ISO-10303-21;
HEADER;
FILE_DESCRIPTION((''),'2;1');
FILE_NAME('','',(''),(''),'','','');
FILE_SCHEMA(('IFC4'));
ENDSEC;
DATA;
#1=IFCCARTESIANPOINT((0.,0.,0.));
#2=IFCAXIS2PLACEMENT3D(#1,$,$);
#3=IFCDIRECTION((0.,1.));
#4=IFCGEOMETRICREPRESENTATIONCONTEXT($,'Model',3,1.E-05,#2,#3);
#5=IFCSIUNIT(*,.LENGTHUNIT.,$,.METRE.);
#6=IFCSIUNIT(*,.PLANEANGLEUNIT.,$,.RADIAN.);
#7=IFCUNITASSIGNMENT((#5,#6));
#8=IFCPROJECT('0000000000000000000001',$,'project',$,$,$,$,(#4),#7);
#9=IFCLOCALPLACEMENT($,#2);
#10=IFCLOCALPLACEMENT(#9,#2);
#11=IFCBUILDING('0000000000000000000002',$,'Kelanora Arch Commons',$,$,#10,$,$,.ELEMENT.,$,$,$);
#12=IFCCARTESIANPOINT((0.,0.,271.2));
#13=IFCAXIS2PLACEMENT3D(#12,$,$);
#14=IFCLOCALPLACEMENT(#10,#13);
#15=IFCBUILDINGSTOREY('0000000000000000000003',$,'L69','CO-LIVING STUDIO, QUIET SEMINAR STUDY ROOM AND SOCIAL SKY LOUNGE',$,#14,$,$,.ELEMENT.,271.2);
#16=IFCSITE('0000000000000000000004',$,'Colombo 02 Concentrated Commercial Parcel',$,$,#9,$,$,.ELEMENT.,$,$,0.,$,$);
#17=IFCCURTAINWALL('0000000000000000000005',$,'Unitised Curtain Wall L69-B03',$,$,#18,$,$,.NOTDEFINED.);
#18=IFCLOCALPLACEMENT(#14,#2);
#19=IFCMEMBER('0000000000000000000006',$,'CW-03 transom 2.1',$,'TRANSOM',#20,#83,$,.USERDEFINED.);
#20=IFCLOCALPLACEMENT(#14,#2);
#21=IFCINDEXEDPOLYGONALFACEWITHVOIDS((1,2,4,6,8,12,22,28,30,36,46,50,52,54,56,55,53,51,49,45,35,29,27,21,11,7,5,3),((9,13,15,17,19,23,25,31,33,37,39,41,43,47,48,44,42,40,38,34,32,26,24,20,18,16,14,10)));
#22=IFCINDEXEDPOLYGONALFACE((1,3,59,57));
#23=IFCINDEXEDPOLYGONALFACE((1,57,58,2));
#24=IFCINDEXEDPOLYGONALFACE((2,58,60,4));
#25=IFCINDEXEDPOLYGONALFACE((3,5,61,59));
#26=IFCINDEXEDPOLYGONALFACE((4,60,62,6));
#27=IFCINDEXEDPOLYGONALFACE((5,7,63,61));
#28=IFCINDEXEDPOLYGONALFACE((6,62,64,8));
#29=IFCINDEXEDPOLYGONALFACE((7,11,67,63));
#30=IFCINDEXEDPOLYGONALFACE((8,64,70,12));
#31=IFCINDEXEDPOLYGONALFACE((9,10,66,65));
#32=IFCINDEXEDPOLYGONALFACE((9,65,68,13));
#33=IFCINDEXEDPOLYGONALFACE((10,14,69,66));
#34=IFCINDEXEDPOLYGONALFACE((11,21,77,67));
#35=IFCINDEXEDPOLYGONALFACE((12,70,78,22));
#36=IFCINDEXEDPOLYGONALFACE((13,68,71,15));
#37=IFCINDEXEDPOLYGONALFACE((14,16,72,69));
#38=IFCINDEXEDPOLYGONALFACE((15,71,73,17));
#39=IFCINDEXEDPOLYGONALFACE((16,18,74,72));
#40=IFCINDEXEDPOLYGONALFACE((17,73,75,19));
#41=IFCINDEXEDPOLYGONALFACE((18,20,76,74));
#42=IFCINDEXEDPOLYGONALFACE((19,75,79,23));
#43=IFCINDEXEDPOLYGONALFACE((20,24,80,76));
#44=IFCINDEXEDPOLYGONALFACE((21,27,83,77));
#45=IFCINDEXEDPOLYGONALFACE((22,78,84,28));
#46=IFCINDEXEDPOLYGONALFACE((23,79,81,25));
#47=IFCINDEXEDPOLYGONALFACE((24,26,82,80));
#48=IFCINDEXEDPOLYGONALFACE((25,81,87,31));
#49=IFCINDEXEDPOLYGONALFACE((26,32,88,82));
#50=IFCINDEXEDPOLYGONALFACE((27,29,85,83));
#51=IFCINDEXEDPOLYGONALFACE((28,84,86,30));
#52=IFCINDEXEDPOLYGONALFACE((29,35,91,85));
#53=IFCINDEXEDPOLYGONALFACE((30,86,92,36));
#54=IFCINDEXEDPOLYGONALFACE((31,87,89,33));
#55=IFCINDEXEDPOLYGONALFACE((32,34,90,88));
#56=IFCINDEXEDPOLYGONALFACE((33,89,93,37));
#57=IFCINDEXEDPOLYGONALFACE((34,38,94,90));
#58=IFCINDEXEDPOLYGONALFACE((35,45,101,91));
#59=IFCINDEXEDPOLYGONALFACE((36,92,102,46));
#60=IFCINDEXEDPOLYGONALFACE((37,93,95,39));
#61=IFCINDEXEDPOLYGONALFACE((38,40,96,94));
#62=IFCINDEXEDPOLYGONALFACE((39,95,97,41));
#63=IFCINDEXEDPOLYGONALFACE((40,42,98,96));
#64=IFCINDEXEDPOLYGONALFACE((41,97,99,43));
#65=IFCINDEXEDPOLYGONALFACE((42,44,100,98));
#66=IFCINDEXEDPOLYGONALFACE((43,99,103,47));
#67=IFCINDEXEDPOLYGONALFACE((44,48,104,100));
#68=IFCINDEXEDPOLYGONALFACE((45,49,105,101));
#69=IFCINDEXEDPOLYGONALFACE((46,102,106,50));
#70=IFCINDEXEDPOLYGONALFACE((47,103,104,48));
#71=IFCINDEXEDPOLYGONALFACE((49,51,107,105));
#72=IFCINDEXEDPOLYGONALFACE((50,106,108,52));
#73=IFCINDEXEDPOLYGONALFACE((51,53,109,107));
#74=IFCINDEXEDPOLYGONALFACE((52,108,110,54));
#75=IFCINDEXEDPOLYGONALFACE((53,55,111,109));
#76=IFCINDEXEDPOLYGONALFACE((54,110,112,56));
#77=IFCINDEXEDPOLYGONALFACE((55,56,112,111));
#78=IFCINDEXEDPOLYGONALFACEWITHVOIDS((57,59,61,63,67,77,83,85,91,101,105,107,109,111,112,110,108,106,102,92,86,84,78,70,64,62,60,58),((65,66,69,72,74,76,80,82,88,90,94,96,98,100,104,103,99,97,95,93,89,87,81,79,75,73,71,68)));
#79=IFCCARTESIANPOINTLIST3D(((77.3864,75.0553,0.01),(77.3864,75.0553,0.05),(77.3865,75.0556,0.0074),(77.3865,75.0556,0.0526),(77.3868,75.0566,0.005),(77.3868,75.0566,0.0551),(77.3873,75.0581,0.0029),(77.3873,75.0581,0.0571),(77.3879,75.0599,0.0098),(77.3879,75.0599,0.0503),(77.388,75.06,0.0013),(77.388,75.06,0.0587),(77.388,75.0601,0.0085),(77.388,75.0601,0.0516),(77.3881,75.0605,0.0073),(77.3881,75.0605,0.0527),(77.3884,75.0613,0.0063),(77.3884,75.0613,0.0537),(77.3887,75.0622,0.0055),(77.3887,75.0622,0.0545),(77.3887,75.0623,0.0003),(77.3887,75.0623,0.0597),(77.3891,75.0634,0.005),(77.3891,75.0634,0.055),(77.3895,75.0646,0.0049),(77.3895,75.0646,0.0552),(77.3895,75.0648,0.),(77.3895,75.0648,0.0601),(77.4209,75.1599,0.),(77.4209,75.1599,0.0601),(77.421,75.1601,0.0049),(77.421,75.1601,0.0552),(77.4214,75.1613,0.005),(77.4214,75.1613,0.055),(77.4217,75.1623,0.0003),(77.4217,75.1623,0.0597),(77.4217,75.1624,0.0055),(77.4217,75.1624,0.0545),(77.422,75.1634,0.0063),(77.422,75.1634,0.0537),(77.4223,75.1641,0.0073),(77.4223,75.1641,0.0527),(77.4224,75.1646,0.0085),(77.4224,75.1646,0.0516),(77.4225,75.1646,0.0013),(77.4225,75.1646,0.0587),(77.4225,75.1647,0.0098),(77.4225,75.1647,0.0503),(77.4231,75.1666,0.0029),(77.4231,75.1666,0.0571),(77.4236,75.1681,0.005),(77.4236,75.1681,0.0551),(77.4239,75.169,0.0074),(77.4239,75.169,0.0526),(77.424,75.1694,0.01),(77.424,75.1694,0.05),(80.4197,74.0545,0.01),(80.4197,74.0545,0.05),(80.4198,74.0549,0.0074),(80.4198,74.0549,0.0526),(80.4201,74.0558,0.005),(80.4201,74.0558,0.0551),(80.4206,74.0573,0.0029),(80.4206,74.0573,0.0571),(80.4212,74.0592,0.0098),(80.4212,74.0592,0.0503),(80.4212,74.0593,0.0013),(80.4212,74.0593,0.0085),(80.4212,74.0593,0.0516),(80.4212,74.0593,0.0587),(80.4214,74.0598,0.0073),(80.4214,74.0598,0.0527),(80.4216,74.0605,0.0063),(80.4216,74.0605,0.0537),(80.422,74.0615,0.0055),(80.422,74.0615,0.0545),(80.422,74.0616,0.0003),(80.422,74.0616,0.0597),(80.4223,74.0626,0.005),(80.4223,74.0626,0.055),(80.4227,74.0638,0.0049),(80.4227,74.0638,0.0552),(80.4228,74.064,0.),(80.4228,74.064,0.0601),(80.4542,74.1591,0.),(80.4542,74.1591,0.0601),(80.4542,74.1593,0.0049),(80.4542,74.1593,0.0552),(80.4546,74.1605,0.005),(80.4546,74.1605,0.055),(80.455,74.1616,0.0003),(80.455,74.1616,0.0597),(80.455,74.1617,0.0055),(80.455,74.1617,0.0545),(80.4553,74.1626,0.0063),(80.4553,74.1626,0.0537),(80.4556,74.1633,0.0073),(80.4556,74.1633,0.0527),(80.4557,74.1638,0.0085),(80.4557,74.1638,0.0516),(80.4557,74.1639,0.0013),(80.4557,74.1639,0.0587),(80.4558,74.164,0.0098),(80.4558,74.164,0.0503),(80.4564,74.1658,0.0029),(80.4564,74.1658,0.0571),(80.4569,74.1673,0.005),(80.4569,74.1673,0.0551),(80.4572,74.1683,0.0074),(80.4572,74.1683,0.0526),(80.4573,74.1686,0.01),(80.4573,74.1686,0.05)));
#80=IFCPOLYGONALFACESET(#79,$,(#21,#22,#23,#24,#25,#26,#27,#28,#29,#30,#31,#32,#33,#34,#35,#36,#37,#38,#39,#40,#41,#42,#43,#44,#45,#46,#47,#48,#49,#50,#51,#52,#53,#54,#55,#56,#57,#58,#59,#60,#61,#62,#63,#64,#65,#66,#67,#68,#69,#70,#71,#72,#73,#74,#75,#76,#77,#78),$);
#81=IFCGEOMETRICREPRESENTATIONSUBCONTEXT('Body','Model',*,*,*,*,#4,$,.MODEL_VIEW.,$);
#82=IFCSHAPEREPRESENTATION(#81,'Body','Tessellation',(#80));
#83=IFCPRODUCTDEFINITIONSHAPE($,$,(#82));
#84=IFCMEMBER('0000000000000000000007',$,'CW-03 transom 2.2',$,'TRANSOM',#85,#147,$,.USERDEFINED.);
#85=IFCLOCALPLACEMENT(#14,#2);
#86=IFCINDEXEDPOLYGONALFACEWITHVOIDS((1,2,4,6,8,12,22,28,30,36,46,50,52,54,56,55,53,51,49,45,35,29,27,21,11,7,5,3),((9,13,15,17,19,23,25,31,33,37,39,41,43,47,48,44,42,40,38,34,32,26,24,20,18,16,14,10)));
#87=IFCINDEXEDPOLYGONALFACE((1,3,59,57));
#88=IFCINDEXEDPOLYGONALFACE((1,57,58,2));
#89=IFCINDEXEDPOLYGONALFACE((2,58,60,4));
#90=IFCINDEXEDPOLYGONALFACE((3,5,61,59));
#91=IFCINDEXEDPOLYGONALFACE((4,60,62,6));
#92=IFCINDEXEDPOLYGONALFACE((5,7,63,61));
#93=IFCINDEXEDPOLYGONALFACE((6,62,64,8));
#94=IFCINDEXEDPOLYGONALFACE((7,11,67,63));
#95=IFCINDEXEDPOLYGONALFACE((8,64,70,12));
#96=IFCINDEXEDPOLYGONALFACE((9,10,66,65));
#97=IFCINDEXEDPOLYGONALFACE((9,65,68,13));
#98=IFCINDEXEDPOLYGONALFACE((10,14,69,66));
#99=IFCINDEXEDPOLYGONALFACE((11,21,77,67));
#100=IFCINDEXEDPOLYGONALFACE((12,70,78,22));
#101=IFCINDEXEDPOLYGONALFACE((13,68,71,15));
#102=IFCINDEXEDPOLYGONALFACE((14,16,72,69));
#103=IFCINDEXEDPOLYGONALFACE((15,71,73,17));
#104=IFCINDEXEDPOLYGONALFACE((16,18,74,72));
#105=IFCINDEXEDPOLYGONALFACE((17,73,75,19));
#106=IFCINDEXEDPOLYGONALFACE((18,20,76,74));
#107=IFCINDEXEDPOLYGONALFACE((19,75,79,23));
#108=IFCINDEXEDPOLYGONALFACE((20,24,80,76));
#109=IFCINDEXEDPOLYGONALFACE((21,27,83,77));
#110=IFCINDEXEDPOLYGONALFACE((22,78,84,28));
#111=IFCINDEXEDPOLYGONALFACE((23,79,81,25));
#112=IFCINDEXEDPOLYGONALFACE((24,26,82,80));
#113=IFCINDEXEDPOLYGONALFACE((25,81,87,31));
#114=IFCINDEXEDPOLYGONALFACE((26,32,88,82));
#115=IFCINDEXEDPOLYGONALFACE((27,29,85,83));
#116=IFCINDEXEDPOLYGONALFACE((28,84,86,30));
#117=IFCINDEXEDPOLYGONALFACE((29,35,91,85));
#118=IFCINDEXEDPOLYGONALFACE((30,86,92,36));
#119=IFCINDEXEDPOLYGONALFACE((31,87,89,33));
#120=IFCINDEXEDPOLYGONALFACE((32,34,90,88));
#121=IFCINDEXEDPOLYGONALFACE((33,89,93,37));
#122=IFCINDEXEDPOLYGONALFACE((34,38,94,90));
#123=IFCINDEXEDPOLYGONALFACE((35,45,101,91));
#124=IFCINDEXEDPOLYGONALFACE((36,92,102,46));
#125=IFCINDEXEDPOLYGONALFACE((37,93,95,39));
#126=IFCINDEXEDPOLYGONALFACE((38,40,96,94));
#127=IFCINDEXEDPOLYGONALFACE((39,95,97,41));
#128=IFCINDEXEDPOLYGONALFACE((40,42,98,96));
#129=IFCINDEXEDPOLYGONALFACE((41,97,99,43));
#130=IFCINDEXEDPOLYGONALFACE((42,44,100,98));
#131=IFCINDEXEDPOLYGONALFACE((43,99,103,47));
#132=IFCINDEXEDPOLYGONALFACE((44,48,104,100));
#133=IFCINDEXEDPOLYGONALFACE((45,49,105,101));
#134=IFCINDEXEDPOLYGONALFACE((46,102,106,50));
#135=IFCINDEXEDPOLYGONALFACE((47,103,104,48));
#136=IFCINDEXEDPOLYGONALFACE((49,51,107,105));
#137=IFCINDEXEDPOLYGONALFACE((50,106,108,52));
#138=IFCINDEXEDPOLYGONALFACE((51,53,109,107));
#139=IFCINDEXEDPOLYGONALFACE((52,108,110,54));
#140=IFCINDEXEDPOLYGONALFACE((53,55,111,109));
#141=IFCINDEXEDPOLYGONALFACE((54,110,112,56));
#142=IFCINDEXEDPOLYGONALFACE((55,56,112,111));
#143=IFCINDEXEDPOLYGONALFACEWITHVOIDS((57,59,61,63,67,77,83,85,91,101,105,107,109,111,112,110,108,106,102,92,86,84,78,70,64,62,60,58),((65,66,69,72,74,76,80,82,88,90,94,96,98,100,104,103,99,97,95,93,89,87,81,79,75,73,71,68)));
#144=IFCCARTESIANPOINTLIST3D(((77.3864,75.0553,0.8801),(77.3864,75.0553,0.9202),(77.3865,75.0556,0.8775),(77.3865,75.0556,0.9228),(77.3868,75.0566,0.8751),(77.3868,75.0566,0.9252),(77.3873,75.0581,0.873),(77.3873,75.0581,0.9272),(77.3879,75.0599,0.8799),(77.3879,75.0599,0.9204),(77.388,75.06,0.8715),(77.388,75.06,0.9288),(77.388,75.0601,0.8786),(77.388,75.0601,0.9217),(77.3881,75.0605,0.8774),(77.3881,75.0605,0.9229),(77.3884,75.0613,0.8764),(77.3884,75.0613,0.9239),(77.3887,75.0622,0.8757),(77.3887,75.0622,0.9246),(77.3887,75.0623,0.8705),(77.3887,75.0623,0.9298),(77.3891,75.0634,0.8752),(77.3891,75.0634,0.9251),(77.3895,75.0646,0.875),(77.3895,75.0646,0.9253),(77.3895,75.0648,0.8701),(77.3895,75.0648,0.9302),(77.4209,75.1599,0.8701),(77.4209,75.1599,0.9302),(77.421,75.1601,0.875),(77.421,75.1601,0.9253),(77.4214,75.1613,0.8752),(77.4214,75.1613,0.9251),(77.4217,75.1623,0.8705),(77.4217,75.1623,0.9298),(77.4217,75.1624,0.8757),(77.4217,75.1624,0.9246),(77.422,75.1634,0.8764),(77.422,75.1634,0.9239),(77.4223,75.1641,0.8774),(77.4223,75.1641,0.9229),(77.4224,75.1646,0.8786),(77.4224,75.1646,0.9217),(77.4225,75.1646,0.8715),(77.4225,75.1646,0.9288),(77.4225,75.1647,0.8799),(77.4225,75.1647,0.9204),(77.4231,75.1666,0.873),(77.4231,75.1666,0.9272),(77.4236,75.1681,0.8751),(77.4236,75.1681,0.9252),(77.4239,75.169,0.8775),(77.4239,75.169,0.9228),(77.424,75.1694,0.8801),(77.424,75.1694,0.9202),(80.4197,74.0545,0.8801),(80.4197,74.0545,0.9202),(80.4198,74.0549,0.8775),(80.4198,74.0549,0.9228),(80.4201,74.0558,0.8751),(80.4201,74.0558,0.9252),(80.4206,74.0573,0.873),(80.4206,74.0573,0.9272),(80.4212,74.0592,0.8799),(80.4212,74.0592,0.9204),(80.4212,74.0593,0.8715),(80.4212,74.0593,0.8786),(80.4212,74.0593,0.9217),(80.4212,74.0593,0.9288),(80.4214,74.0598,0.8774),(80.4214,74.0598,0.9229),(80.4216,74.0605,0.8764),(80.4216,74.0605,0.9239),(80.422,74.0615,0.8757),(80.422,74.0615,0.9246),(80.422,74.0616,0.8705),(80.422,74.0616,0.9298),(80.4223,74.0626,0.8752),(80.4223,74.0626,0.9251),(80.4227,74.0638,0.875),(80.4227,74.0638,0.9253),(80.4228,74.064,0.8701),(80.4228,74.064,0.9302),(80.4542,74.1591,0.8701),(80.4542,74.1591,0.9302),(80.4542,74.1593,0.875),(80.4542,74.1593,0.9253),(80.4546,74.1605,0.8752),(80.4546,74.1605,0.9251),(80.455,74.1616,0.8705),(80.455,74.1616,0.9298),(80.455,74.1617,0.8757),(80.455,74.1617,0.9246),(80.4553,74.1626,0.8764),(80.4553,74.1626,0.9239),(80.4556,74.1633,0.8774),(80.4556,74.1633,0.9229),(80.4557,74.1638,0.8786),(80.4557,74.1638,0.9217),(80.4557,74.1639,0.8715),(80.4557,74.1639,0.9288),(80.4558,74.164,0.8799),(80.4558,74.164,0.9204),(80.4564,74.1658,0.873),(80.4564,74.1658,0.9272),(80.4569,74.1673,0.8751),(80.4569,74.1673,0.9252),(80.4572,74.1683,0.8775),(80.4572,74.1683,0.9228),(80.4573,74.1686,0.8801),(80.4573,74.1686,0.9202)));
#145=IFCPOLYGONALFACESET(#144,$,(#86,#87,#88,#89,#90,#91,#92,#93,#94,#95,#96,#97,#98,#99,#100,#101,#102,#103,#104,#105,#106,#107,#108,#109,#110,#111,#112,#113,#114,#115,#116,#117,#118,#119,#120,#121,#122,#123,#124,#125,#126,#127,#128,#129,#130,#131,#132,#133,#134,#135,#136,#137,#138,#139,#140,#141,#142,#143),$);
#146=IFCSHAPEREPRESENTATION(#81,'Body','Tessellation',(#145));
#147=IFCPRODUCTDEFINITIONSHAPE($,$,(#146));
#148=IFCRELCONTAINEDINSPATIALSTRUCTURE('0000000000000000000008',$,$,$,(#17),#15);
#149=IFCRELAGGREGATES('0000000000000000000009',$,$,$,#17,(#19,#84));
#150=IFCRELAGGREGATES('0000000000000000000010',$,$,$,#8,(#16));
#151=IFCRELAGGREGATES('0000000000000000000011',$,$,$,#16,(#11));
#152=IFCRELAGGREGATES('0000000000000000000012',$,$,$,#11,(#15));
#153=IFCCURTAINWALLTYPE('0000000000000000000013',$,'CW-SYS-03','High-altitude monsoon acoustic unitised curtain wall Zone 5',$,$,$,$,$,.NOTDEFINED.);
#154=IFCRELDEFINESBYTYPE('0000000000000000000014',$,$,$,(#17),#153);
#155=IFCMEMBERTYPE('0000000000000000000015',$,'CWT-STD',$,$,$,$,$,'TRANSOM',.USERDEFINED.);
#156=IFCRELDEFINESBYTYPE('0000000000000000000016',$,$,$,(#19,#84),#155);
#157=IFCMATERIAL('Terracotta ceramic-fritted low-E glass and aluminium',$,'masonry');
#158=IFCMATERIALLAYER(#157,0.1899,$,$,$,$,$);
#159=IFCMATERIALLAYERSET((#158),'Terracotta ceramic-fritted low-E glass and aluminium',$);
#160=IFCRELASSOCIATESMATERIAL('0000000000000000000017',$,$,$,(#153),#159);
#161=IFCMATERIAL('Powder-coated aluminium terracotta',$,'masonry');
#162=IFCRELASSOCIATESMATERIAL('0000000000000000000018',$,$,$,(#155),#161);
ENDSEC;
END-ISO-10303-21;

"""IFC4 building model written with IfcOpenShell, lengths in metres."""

from ifc_helpers import new_model, si_unit, direction, frame, origin, origin_2d, place, context, subcontext, project, spatial, hollow_rectangle, extrude, material, layer, layer_set, material_profile, profile_set, type_object, element, aggregate, save


model = new_model("IFC4")

# Units and contexts
model_context = context("Model", 3, precision=1e-05, world=origin(), true_north=direction((0.0, 1.0)))
body_context = subcontext(model_context, "Body", "Model", "MODEL_VIEW")
ifc_project = project(units=[si_unit("LENGTHUNIT", "METRE"), si_unit("PLANEANGLEUNIT", "RADIAN")], contexts=[model_context])

# Site, building, storey
site_placement = place(None, origin())
site = spatial("IfcSite", under=ifc_project, at=site_placement, Name="Colombo 02 Concentrated Commercial Parcel", CompositionType="ELEMENT", RefElevation=0.0)
building_placement = place(site_placement, origin())
building = spatial("IfcBuilding", under=site, at=building_placement, Name="Kelanora Arch Commons", CompositionType="ELEMENT")
storey_placement = place(building_placement, frame((0.0, 0.0, 271.2)))
storey = spatial("IfcBuildingStorey", under=building, at=storey_placement, Name="L69", Description="CO-LIVING STUDIO, QUIET SEMINAR STUDY ROOM AND SOCIAL SKY LOUNGE", CompositionType="ELEMENT", Elevation=271.2)

# Curtain wall, members
ifc_material_1 = material(Name="Terracotta ceramic-fritted low-E glass and aluminium", Category="masonry")
ifc_layer_1 = layer(ifc_material_1, 0.1899)
ifc_layer_set_1 = layer_set([ifc_layer_1], Name="Terracotta ceramic-fritted low-E glass and aluminium")
curtain_wall_type = type_object("IfcCurtainWallType", Name="CW-SYS-03", Description="High-altitude monsoon acoustic unitised curtain wall Zone 5", PredefinedType="NOTDEFINED", material=ifc_layer_set_1)
curtain_wall_placement = place(storey_placement, origin())
curtain_wall = element("IfcCurtainWall", 1, at=curtain_wall_placement, inside=storey, type_object=curtain_wall_type, Name="Unitised Curtain Wall L69-B03", PredefinedType="NOTDEFINED")
ifc_material_2 = material(Name="Powder-coated aluminium terracotta", Category="masonry")
ifc_material_profile_1 = material_profile(ifc_material_2, hollow_rectangle(XDim=0.1201, YDim=0.0601, WallThickness=0.0049, InnerFilletRadius=0.0049, OuterFilletRadius=0.01, at=origin_2d()), Name="CWT120x60")
ifc_profile_set_1 = profile_set([ifc_material_profile_1], Name="Powder-coated aluminium terracotta")
member_type_1 = type_object("IfcMemberType", Name="CWT-STD", ElementType="TRANSOM", PredefinedType="USERDEFINED", material=ifc_profile_set_1)
member_1_placement = place(storey_placement, frame((80.4385, 74.1116, 0.03), z_axis=(-0.94965, 0.313314, 0.0), x_axis=(-0.313314, -0.94965, 0.0)))
member_1 = element("IfcMember", 2, at=member_1_placement, type_object=member_type_1, Name="CW-03 transom 2.1", ObjectType="TRANSOM", PredefinedType="USERDEFINED", context=body_context, shape_type="SweptSolid", body=[
    extrude(hollow_rectangle(XDim=0.1201, YDim=0.0601, WallThickness=0.0049, InnerFilletRadius=0.0049, OuterFilletRadius=0.01, at=origin_2d()), origin(), (0.0, 0.0, 1.0), 3.1941),
])
member_2_placement = place(storey_placement, frame((80.4385, 74.1116, 0.9001), z_axis=(-0.94965, 0.313314, 0.0), x_axis=(-0.313314, -0.94965, 0.0)))
member_2 = element("IfcMember", 3, at=member_2_placement, type_object=member_type_1, Name="CW-03 transom 2.2", ObjectType="TRANSOM", PredefinedType="USERDEFINED", context=body_context, shape_type="SweptSolid", body=[
    extrude(hollow_rectangle(XDim=0.1201, YDim=0.0601, WallThickness=0.0049, InnerFilletRadius=0.0049, OuterFilletRadius=0.01, at=origin_2d()), origin(), (0.0, 0.0, 1.0), 3.1941),
])
aggregate(curtain_wall, [member_1, member_2])

save(model, "model.ifc")
